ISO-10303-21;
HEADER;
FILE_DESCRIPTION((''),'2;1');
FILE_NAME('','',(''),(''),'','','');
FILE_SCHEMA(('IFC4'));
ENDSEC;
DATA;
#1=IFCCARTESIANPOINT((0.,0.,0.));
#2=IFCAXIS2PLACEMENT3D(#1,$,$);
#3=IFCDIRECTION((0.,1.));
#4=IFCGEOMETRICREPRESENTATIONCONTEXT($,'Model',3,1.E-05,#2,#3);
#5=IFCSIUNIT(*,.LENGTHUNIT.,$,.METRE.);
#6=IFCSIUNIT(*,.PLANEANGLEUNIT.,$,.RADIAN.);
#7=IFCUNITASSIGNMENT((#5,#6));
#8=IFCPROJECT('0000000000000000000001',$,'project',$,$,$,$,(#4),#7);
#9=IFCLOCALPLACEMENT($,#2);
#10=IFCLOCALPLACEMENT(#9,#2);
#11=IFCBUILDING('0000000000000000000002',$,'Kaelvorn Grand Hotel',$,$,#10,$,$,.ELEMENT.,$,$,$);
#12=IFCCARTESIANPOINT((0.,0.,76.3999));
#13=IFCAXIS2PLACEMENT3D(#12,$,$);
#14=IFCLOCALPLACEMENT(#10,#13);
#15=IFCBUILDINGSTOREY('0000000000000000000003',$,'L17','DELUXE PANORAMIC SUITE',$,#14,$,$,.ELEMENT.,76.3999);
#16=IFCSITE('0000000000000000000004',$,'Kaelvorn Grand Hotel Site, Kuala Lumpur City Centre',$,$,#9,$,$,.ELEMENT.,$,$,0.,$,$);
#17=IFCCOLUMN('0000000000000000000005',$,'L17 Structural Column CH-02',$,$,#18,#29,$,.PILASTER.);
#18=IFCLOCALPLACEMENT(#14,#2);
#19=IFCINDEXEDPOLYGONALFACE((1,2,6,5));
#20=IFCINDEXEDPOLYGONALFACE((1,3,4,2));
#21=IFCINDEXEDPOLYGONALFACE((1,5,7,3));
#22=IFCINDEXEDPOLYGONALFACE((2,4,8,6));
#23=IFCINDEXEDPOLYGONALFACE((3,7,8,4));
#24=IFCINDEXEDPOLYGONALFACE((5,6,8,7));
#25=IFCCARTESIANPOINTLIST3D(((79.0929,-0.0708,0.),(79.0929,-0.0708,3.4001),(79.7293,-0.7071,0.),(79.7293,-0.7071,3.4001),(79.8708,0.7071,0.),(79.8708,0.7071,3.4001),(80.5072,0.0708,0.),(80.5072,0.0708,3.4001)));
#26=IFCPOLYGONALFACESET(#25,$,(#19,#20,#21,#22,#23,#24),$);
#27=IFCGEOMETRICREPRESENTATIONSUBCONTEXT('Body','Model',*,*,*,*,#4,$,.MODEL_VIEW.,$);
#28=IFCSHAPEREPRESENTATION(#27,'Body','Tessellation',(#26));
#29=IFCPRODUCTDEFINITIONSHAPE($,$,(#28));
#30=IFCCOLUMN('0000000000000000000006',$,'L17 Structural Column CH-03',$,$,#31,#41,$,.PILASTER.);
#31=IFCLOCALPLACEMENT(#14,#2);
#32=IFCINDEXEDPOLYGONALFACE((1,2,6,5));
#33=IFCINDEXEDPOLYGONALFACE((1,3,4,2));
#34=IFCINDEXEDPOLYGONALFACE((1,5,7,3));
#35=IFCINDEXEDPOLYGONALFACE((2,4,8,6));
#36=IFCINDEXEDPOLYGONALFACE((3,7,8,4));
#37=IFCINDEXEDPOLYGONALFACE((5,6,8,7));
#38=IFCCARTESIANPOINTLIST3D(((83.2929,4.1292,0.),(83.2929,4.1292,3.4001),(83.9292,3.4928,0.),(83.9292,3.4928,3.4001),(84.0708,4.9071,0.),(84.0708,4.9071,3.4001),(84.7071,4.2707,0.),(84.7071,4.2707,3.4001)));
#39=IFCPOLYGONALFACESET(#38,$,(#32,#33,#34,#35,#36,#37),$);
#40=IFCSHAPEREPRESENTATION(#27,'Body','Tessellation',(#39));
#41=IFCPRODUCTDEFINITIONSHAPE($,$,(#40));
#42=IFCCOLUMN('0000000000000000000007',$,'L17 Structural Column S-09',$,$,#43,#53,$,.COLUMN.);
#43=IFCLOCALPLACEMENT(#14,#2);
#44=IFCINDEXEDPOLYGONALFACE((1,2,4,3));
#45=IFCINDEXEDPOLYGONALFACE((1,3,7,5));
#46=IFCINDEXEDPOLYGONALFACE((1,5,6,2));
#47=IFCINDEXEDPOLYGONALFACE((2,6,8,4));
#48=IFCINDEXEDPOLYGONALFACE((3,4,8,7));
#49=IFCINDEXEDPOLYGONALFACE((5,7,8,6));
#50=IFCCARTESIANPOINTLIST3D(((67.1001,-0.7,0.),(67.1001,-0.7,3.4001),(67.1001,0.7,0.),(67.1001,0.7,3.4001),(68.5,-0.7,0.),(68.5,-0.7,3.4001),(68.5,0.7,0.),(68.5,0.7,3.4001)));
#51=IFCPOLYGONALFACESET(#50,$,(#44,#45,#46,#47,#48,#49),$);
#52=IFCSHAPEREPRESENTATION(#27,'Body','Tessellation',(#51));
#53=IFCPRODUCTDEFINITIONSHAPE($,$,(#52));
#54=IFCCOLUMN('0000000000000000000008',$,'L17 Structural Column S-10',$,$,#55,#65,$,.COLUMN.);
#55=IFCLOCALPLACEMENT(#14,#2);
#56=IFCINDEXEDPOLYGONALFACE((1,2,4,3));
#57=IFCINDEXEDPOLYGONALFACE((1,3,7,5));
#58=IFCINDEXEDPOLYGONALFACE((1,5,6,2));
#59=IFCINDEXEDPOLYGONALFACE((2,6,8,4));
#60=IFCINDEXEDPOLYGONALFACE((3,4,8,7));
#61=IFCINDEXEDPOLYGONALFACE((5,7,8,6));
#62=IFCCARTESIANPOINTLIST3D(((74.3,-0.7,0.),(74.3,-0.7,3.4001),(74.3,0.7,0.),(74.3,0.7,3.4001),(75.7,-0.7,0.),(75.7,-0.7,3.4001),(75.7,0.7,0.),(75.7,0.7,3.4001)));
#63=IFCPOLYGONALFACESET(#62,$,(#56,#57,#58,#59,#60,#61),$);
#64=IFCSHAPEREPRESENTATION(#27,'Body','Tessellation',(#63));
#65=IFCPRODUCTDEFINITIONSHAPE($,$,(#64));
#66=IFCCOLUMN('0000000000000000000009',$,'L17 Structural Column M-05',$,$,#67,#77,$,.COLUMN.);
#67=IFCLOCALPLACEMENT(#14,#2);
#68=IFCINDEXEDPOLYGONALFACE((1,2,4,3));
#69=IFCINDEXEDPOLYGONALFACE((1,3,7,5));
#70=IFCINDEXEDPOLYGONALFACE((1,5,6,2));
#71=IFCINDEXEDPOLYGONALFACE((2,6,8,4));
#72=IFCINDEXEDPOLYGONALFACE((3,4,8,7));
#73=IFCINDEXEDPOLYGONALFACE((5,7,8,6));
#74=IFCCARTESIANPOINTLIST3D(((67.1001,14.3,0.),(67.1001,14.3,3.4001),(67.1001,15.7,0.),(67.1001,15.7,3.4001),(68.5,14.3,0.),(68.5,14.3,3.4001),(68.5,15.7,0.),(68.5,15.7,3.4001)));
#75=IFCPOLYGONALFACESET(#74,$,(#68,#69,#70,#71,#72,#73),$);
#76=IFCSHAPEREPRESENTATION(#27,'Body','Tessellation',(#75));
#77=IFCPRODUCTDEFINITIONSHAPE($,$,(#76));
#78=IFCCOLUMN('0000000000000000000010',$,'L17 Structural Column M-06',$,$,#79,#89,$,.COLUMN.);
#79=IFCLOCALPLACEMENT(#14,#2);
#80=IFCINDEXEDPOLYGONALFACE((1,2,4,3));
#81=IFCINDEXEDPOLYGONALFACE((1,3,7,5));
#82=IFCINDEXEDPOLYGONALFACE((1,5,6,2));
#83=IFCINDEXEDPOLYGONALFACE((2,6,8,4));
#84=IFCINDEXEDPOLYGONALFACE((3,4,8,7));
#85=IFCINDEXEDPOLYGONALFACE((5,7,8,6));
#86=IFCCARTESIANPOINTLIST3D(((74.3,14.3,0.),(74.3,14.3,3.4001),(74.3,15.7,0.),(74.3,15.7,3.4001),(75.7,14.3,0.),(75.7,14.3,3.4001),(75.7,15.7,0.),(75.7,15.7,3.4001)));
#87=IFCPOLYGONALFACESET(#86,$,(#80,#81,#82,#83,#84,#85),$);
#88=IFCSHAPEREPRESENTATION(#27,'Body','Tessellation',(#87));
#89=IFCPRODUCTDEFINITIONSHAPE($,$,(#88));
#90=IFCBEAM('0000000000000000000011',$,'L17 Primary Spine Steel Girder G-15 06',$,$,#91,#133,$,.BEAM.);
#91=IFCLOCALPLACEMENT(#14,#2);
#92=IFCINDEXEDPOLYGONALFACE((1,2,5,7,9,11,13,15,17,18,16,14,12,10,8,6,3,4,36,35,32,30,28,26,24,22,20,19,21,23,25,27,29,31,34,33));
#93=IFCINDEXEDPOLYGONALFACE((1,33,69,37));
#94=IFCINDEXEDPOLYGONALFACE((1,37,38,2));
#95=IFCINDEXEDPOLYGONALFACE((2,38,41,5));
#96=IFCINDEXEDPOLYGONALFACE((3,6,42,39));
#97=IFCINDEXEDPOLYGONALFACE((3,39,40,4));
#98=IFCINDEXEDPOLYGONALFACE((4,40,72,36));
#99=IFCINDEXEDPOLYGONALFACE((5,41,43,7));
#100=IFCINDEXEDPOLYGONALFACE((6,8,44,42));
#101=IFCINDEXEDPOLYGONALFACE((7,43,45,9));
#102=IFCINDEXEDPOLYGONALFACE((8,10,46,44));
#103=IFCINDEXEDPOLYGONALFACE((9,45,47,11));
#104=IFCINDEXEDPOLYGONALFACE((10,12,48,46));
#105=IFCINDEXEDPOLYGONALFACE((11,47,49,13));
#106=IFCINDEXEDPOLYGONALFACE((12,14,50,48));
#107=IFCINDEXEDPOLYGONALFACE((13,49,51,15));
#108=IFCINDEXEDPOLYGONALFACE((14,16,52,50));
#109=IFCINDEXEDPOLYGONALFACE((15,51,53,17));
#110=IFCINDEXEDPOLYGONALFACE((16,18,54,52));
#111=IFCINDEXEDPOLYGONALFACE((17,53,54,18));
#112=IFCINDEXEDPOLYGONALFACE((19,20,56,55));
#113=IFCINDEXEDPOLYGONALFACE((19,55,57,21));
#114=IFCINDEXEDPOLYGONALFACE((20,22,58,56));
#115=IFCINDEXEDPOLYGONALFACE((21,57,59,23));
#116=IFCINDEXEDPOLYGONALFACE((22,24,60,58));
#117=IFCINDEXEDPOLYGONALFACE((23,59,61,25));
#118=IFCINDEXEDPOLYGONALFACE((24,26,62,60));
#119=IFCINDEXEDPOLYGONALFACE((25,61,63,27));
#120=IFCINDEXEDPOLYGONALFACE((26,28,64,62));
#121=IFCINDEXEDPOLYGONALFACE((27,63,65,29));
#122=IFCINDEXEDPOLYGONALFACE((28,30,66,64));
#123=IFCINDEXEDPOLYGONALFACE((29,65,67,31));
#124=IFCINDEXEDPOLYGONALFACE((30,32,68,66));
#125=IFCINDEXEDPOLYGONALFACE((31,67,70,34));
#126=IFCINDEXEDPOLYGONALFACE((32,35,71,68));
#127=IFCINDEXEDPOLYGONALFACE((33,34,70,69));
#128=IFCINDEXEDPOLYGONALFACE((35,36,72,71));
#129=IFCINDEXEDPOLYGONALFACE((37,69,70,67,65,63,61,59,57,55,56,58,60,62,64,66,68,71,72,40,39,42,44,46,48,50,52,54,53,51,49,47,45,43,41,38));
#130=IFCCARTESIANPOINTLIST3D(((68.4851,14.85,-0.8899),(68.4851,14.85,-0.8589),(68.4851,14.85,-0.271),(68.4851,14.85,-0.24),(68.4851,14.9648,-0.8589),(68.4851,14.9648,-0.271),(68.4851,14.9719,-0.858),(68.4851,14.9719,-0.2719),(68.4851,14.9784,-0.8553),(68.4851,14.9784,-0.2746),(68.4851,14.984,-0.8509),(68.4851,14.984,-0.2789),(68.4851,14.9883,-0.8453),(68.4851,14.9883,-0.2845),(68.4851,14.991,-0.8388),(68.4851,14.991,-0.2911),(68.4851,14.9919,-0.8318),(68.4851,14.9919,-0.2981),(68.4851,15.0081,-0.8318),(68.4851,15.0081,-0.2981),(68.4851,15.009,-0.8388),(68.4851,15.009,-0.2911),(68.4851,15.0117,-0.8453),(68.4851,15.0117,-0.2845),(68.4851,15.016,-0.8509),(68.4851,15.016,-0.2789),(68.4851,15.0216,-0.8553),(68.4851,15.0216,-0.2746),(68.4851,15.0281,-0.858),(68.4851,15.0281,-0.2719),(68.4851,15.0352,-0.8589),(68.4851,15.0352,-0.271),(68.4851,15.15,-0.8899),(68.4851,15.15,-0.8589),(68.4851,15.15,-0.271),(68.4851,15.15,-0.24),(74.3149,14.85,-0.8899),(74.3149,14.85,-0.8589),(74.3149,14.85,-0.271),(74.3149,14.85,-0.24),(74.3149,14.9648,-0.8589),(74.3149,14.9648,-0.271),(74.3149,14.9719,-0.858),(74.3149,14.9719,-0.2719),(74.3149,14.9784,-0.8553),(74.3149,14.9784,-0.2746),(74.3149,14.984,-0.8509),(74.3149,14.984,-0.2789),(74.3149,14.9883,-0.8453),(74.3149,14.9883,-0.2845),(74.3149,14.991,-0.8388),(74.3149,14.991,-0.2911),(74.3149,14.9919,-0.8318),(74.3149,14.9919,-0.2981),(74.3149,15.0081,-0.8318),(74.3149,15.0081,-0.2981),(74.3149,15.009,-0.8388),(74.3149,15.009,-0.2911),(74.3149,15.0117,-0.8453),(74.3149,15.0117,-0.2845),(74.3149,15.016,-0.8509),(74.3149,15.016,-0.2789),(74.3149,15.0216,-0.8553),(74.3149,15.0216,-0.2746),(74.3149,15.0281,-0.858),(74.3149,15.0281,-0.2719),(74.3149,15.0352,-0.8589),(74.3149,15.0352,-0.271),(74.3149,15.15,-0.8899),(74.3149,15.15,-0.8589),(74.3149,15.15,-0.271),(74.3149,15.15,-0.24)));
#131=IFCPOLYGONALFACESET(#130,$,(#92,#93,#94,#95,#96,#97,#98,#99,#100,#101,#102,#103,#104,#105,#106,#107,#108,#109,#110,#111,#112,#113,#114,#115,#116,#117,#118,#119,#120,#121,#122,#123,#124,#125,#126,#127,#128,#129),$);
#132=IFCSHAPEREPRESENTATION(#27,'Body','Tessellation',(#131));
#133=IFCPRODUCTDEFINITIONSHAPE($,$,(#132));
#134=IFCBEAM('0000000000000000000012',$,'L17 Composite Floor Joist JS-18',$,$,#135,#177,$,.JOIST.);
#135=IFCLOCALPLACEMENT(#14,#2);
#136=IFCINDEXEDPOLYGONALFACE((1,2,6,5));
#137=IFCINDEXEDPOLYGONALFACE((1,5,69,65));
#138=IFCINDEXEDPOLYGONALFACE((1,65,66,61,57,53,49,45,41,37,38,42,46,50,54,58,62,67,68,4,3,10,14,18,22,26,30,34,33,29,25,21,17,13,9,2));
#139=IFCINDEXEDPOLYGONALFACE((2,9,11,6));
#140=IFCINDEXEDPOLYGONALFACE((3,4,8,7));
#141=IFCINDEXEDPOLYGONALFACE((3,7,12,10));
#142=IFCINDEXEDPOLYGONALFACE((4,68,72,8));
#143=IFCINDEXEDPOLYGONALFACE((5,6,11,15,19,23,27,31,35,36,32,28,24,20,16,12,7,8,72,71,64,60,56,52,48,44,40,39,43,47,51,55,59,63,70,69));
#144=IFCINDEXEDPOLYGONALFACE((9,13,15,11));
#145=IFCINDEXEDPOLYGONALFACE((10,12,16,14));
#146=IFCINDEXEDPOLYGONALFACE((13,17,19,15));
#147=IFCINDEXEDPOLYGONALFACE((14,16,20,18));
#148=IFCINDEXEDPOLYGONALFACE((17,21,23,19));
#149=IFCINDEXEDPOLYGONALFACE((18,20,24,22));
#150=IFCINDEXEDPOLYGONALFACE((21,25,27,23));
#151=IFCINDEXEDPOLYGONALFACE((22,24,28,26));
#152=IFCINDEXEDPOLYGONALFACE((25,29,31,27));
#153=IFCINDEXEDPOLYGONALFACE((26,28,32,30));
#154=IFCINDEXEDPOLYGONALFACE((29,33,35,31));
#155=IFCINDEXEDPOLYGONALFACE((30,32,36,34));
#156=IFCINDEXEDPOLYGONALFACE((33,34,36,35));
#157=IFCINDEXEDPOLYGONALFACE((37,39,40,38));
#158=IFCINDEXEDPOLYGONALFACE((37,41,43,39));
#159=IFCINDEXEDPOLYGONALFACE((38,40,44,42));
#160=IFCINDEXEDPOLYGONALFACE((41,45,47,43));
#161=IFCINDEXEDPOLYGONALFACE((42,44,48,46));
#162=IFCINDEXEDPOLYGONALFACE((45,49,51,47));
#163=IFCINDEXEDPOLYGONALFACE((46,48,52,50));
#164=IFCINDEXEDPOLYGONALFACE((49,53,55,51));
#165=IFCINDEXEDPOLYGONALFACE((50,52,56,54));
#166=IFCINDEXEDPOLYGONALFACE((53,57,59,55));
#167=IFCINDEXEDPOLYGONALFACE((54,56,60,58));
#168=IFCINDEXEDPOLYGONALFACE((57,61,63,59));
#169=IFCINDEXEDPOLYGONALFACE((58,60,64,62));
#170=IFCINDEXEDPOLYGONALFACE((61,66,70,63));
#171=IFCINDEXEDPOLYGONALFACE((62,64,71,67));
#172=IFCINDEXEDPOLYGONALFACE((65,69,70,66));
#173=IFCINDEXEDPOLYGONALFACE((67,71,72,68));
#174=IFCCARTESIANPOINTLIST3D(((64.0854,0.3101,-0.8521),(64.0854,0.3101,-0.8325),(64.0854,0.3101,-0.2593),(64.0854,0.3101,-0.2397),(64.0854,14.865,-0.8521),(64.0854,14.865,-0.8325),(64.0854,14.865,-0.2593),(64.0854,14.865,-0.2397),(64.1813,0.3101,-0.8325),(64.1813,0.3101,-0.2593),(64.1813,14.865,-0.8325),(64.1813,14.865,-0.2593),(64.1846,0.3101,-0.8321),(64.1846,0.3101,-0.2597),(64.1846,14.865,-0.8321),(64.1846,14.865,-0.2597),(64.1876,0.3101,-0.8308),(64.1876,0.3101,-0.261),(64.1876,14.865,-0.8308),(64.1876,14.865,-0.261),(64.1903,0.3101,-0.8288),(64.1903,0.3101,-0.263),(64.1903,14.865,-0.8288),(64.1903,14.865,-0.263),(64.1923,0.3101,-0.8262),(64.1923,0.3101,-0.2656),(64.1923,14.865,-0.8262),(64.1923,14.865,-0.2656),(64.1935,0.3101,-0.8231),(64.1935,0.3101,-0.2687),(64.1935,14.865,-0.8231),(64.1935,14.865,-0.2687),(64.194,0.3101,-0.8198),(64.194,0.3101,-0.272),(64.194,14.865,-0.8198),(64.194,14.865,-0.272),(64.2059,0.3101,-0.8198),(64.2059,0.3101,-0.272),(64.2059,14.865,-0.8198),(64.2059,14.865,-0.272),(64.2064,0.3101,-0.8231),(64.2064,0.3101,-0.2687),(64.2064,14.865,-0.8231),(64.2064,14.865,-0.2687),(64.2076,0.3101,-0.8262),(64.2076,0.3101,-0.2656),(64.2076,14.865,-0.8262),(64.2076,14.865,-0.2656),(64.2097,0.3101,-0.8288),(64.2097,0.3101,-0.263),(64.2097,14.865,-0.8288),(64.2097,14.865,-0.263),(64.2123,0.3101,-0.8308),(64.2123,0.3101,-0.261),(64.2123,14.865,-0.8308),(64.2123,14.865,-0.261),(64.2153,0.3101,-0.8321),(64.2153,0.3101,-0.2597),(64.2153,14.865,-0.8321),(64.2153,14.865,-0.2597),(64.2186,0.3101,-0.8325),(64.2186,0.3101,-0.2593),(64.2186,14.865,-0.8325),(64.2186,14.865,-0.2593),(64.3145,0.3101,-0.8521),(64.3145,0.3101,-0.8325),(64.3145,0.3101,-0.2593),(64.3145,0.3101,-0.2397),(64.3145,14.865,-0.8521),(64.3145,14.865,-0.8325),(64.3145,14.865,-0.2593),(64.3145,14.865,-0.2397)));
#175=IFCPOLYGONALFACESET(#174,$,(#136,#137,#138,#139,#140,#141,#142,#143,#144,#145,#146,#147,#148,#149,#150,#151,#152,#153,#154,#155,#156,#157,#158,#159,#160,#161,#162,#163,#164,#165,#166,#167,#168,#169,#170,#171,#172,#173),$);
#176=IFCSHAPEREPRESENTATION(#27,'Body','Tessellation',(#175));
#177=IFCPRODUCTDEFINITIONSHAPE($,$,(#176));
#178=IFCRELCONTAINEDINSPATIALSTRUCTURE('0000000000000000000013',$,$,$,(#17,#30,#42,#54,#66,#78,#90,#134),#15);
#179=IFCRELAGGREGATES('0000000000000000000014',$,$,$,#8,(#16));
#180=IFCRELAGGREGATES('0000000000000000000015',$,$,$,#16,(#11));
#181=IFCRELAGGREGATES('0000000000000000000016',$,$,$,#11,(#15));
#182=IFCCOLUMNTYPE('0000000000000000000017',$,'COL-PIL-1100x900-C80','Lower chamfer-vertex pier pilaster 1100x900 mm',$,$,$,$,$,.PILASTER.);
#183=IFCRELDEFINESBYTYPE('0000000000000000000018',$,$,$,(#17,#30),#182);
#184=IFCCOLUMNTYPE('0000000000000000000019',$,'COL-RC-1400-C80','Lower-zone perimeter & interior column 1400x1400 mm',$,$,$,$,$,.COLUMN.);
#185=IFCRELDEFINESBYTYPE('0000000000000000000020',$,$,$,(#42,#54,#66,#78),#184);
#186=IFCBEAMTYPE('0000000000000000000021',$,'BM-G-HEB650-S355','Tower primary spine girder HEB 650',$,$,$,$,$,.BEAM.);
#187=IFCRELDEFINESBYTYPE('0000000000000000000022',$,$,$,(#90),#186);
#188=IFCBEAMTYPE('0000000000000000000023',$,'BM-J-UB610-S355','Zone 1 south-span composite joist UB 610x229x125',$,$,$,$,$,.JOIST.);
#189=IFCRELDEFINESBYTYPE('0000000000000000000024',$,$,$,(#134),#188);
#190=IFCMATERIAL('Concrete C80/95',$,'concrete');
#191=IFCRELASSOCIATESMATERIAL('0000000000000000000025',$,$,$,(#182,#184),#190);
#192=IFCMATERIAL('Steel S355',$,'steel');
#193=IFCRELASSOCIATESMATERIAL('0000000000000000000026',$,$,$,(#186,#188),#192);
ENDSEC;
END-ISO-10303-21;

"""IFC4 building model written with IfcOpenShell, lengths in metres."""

from ifc_helpers import new_model, si_unit, direction, frame, origin, origin_2d, place, context, subcontext, project, spatial, rectangle, i_section, extrude, material, material_profile, profile_set, type_object, element, save


model = new_model("IFC4")

# Units and contexts
model_context = context("Model", 3, precision=1e-05, world=origin(), true_north=direction((0.0, 1.0)))
body_context = subcontext(model_context, "Body", "Model", "MODEL_VIEW")
ifc_project = project(units=[si_unit("LENGTHUNIT", "METRE"), si_unit("PLANEANGLEUNIT", "RADIAN")], contexts=[model_context])

# Site, building, storey
site_placement = place(None, origin())
site = spatial("IfcSite", under=ifc_project, at=site_placement, Name="Kaelvorn Grand Hotel Site, Kuala Lumpur City Centre", CompositionType="ELEMENT", RefElevation=0.0)
building_placement = place(site_placement, origin())
building = spatial("IfcBuilding", under=site, at=building_placement, Name="Kaelvorn Grand Hotel", CompositionType="ELEMENT")
storey_placement = place(building_placement, frame((0.0, 0.0, 76.3999)))
storey = spatial("IfcBuildingStorey", under=building, at=storey_placement, Name="L17", Description="DELUXE PANORAMIC SUITE", CompositionType="ELEMENT", Elevation=76.3999)

# Columns
ifc_material_1 = material(Name="Concrete C80/95", Category="concrete")
ifc_material_profile_1 = material_profile(ifc_material_1, rectangle(XDim=1.1001, YDim=0.8999, at=origin_2d()), Name="RC PILASTER 1100x900")
ifc_profile_set_1 = profile_set([ifc_material_profile_1], Name="Concrete C80/95")
column_type_1 = type_object("IfcColumnType", Name="COL-PIL-1100x900-C80", Description="Lower chamfer-vertex pier pilaster 1100x900 mm", PredefinedType="PILASTER", material=ifc_profile_set_1)
for number, where, z_axis, x_axis, name in (
    (1, (79.8, 0.0, 0.0), (0.0, 0.0, 1.0), (0.707107, 0.707107, 0.0), "L17 Structural Column CH-02"),
    (2, (84.0, 4.2, 0.0), (0.0, 0.0, 1.0), (0.707107, 0.707107, 0.0), "L17 Structural Column CH-03"),
):
    element("IfcColumn", number, at=place(storey_placement, frame(where, z_axis=z_axis, x_axis=x_axis)), inside=storey, type_object=column_type_1, Name=name, PredefinedType="PILASTER", context=body_context, shape_type="SweptSolid", body=[
        extrude(rectangle(XDim=1.1001, YDim=0.8999, at=origin_2d()), origin(), (0.0, 0.0, 1.0), 3.4001),
    ])
ifc_material_profile_2 = material_profile(ifc_material_1, rectangle(XDim=1.3999, YDim=1.3999, at=origin_2d()), Name="RC COL 1400x1400")
ifc_profile_set_2 = profile_set([ifc_material_profile_2], Name="Concrete C80/95")
column_type_2 = type_object("IfcColumnType", Name="COL-RC-1400-C80", Description="Lower-zone perimeter & interior column 1400x1400 mm", PredefinedType="COLUMN", material=ifc_profile_set_2)
for number, where, z_axis, x_axis, name in (
    (3, (67.8, 0.0, 0.0), (0.0, 0.0, 1.0), (1.0, 0.0, 0.0), "L17 Structural Column S-09"),
    (4, (75.0, 0.0, 0.0), (0.0, 0.0, 1.0), (1.0, 0.0, 0.0), "L17 Structural Column S-10"),
    (5, (67.8, 15.0, 0.0), (0.0, 0.0, 1.0), (1.0, 0.0, 0.0), "L17 Structural Column M-05"),
    (6, (75.0, 15.0, 0.0), (0.0, 0.0, 1.0), (1.0, 0.0, 0.0), "L17 Structural Column M-06"),
):
    element("IfcColumn", number, at=place(storey_placement, frame(where, z_axis=z_axis, x_axis=x_axis)), inside=storey, type_object=column_type_2, Name=name, PredefinedType="COLUMN", context=body_context, shape_type="SweptSolid", body=[
        extrude(rectangle(XDim=1.3999, YDim=1.3999, at=origin_2d()), origin(), (0.0, 0.0, 1.0), 3.4001),
    ])

# Beams
ifc_material_2 = material(Name="Steel S355", Category="steel")
ifc_material_profile_3 = material_profile(ifc_material_2, i_section(OverallWidth=0.3, OverallDepth=0.6499, WebThickness=0.0161, FlangeThickness=0.031, FilletRadius=0.0271, at=origin_2d()), Name="HEB 650")
ifc_profile_set_3 = profile_set([ifc_material_profile_3], Name="Steel S355")
beam_type_1 = type_object("IfcBeamType", Name="BM-G-HEB650-S355", Description="Tower primary spine girder HEB 650", PredefinedType="BEAM", material=ifc_profile_set_3)
beam_1_placement = place(storey_placement, frame((68.4851, 15.0, -0.5649), z_axis=(1.0, 0.0, 0.0), x_axis=(0.0, 1.0, 0.0)))
element("IfcBeam", 7, at=beam_1_placement, inside=storey, type_object=beam_type_1, Name="L17 Primary Spine Steel Girder G-15 06", PredefinedType="BEAM", context=body_context, shape_type="SweptSolid", body=[
    extrude(i_section(OverallWidth=0.3, OverallDepth=0.6499, WebThickness=0.0161, FlangeThickness=0.031, FilletRadius=0.0271, at=origin_2d()), origin(), (0.0, 0.0, 1.0), 5.8298),
])
ifc_material_profile_4 = material_profile(ifc_material_2, i_section(OverallWidth=0.229, OverallDepth=0.6123, WebThickness=0.012, FlangeThickness=0.0195, FilletRadius=0.0127, at=origin_2d()), Name="UB 610x229x125")
ifc_profile_set_4 = profile_set([ifc_material_profile_4], Name="Steel S355")
beam_type_2 = type_object("IfcBeamType", Name="BM-J-UB610-S355", Description="Zone 1 south-span composite joist UB 610x229x125", PredefinedType="JOIST", material=ifc_profile_set_4)
beam_2_placement = place(storey_placement, frame((64.2, 0.3101, -0.5459), z_axis=(0.0, 1.0, 0.0), x_axis=(-1.0, 0.0, 0.0)))
element("IfcBeam", 8, at=beam_2_placement, inside=storey, type_object=beam_type_2, Name="L17 Composite Floor Joist JS-18", PredefinedType="JOIST", context=body_context, shape_type="SweptSolid", body=[
    extrude(i_section(OverallWidth=0.229, OverallDepth=0.6123, WebThickness=0.012, FlangeThickness=0.0195, FilletRadius=0.0127, at=origin_2d()), origin(), (0.0, 0.0, 1.0), 14.5549),
])

save(model, "model.ifc")
